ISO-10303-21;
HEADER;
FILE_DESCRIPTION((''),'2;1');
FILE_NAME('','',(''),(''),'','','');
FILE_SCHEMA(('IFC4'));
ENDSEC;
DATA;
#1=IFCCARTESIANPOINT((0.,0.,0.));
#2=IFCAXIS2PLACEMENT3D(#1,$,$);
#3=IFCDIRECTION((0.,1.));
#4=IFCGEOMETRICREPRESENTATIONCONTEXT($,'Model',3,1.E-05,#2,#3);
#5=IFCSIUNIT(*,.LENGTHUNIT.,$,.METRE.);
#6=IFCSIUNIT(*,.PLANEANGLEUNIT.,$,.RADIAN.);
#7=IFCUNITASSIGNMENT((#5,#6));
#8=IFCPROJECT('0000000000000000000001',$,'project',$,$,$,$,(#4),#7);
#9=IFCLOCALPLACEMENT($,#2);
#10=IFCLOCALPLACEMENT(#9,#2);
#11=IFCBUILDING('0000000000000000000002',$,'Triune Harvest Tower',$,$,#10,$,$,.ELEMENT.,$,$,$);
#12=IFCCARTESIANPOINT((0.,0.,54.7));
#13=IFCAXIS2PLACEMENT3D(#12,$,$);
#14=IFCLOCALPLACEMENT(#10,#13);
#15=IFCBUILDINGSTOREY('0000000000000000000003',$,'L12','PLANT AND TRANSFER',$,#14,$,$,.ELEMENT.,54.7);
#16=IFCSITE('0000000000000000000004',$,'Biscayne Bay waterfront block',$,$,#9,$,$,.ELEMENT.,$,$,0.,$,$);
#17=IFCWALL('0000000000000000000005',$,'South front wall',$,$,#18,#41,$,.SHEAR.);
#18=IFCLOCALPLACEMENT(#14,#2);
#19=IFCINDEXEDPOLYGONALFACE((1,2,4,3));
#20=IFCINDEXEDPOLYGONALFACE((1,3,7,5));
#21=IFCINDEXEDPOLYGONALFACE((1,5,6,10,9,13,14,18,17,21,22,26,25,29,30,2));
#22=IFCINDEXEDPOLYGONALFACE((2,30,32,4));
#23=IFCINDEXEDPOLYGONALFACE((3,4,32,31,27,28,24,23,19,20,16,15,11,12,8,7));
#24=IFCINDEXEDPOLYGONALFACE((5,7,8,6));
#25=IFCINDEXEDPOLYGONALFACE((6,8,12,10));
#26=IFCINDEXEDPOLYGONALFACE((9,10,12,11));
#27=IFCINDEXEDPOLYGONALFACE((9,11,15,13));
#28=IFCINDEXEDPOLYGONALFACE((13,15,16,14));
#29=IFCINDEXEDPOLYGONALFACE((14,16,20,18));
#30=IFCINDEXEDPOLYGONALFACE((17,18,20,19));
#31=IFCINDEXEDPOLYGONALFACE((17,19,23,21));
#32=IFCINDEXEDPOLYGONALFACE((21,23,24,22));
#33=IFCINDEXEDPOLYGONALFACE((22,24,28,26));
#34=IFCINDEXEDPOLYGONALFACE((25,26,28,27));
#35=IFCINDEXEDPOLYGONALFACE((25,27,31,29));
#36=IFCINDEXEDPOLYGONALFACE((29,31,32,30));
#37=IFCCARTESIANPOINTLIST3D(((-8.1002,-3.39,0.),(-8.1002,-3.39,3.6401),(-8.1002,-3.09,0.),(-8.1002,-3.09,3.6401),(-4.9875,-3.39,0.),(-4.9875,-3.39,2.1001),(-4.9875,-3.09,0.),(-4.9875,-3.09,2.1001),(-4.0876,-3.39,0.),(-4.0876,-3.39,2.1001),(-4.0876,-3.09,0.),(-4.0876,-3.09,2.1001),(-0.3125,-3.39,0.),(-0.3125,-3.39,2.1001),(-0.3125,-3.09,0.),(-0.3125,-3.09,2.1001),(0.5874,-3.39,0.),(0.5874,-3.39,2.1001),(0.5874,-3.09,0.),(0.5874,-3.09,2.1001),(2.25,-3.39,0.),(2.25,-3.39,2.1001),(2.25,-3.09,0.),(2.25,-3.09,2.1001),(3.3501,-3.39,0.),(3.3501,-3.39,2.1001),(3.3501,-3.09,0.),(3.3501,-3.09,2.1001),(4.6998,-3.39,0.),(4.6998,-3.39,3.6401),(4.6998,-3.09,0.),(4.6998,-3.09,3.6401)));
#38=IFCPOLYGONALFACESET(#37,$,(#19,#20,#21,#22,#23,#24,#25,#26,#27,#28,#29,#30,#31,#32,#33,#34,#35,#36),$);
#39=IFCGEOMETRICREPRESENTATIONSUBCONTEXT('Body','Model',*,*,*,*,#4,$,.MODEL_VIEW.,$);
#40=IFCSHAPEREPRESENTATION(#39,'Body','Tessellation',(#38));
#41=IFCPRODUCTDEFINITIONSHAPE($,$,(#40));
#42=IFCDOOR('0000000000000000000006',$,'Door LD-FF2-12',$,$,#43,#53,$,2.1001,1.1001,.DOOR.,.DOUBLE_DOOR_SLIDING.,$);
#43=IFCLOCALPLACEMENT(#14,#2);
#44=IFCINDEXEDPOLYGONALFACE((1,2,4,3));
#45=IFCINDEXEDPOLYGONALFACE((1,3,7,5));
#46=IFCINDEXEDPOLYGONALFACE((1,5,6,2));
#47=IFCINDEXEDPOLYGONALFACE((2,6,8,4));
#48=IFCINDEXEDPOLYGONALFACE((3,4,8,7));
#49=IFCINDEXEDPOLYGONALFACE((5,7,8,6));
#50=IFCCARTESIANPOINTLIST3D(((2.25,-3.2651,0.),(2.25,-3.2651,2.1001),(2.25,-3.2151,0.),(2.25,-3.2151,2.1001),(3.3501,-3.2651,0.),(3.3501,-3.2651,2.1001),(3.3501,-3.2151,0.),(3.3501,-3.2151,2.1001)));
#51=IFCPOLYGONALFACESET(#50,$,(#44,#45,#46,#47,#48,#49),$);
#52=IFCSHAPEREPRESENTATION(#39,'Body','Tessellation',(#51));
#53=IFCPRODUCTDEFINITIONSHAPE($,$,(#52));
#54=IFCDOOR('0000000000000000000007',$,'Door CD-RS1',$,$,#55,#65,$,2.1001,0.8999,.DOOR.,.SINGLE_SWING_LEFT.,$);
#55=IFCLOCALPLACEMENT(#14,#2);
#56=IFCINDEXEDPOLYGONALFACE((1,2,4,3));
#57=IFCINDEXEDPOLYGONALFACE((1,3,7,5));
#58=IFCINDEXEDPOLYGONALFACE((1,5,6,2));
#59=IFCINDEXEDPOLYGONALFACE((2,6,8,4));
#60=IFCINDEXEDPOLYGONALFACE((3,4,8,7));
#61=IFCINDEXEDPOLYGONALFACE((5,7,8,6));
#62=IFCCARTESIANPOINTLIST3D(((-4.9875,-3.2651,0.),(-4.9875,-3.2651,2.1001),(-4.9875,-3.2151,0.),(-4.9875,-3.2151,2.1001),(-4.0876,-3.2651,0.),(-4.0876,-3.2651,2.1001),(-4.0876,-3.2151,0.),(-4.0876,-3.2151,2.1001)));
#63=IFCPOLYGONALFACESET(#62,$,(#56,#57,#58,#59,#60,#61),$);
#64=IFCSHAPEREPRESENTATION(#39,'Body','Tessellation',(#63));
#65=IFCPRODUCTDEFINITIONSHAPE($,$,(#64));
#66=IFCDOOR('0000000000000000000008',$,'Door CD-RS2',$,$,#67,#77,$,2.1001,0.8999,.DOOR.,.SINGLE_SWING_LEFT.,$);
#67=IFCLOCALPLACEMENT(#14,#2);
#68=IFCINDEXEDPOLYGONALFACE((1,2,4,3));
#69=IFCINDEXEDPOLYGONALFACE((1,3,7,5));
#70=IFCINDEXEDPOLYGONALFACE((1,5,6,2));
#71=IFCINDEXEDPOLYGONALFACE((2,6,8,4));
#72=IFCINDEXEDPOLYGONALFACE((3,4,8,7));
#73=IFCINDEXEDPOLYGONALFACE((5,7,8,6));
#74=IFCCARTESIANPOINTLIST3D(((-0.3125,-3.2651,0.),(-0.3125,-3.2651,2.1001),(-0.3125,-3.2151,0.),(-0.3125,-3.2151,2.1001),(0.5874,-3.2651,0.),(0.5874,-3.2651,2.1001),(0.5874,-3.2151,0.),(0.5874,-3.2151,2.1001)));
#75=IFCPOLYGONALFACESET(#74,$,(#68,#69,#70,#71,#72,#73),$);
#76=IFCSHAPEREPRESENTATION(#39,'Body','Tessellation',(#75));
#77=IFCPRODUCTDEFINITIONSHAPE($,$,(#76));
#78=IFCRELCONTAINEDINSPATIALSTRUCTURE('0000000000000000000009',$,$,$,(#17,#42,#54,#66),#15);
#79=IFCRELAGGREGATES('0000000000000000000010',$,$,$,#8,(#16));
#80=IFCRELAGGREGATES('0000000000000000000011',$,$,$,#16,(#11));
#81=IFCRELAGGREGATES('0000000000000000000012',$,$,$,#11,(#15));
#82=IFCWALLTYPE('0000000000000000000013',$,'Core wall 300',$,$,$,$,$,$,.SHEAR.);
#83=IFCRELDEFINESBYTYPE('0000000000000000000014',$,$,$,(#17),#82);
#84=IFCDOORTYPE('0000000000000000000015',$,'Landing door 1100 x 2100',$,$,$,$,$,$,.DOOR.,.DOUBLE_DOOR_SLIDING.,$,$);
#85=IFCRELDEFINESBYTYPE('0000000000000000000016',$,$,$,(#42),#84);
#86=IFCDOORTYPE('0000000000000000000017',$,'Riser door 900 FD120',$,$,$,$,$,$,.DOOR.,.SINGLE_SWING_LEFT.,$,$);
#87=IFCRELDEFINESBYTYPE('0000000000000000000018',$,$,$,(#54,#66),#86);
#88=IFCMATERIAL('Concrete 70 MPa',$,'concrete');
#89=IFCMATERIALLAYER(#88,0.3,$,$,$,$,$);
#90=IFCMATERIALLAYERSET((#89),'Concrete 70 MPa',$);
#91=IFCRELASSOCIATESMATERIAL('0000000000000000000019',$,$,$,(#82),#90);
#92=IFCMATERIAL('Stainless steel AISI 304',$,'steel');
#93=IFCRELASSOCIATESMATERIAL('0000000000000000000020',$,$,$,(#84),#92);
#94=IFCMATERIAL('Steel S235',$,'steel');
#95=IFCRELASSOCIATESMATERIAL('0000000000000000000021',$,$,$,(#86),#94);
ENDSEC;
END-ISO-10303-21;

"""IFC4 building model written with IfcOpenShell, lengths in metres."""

from ifc_helpers import new_model, si_unit, direction, frame, frame_2d, origin, place, context, subcontext, project, spatial, rectangle, extrude, source, transform, mapped, material, layer, layer_set, type_object, element, fill, save


model = new_model("IFC4")

# Units and contexts
model_context = context("Model", 3, precision=1e-05, world=origin(), true_north=direction((0.0, 1.0)))
body_context = subcontext(model_context, "Body", "Model", "MODEL_VIEW")
ifc_project = project(units=[si_unit("LENGTHUNIT", "METRE"), si_unit("PLANEANGLEUNIT", "RADIAN")], contexts=[model_context])

# Site, building, storey
site_placement = place(None, origin())
site = spatial("IfcSite", under=ifc_project, at=site_placement, Name="Biscayne Bay waterfront block", CompositionType="ELEMENT", RefElevation=0.0)
building_placement = place(site_placement, origin())
building = spatial("IfcBuilding", under=site, at=building_placement, Name="Triune Harvest Tower", CompositionType="ELEMENT")
storey_placement = place(building_placement, frame((0.0, 0.0, 54.7)))
storey = spatial("IfcBuildingStorey", under=building, at=storey_placement, Name="L12", Description="PLANT AND TRANSFER", CompositionType="ELEMENT", Elevation=54.7)

# Wall, openings, doors
ifc_material_1 = material(Name="Concrete 70 MPa", Category="concrete")
ifc_layer_1 = layer(ifc_material_1, 0.3)
ifc_layer_set_1 = layer_set([ifc_layer_1], Name="Concrete 70 MPa")
wall_type_1 = type_object("IfcWallType", Name="Core wall 300", PredefinedType="SHEAR", material=ifc_layer_set_1)
shared_shape_1 = source(origin(), body_context, "Body", "SweptSolid", [
    extrude(rectangle(XDim=12.8, YDim=0.3, at=frame_2d((6.3999, 0.0))), origin(), (0.0, 0.0, 1.0), 3.6401),
])
wall_1_placement = place(storey_placement, frame((-8.1001, -3.24, 0.0), z_axis=(0.0, 0.0, 1.0), x_axis=(1.0, 0.0, 0.0)))
wall_1 = element("IfcWall", 1, at=wall_1_placement, inside=storey, type_object=wall_type_1, Name="South front wall", PredefinedType="SHEAR", context=body_context, shape_type="MappedRepresentation", body=[
    mapped(shared_shape_1, transform((0.0, 0.0, 0.0), scale=1.0)),
])
opening_1_placement = place(wall_1_placement, frame((3.1125, 0.0, 0.0)))
opening_1 = element("IfcOpeningElement", 2, at=opening_1_placement, cuts=wall_1, PredefinedType="OPENING", context=body_context, shape_type="SweptSolid", body=[
    extrude(rectangle(XDim=0.8999, YDim=2.1001, at=frame_2d((0.45, 1.05))), frame((0.0, 0.1602, 0.0), z_axis=(0.0, -1.0, 0.0), x_axis=(1.0, 0.0, 0.0)), (0.0, 0.0, 1.0), 0.3201),
])
opening_2_placement = place(wall_1_placement, frame((7.7876, 0.0, 0.0)))
opening_2 = element("IfcOpeningElement", 3, at=opening_2_placement, cuts=wall_1, PredefinedType="OPENING", context=body_context, shape_type="SweptSolid", body=[
    extrude(rectangle(XDim=0.8999, YDim=2.1001, at=frame_2d((0.45, 1.05))), frame((0.0, 0.1602, 0.0), z_axis=(0.0, -1.0, 0.0), x_axis=(1.0, 0.0, 0.0)), (0.0, 0.0, 1.0), 0.3201),
])
opening_3_placement = place(wall_1_placement, frame((10.3501, 0.0, 0.0)))
opening_3 = element("IfcOpeningElement", 4, at=opening_3_placement, cuts=wall_1, PredefinedType="OPENING", context=body_context, shape_type="SweptSolid", body=[
    extrude(rectangle(XDim=1.1001, YDim=2.1001, at=frame_2d((0.55, 1.05))), frame((0.0, 0.1602, 0.0), z_axis=(0.0, -1.0, 0.0), x_axis=(1.0, 0.0, 0.0)), (0.0, 0.0, 1.0), 0.3201),
])
ifc_material_2 = material(Name="Stainless steel AISI 304", Category="steel")
door_type_1 = type_object("IfcDoorType", Name="Landing door 1100 x 2100", OperationType="DOUBLE_DOOR_SLIDING", PredefinedType="DOOR", material=ifc_material_2)
door_1_placement = place(opening_3_placement, origin())
door_1 = element("IfcDoor", 5, at=door_1_placement, inside=storey, type_object=door_type_1, Name="Door LD-FF2-12", OperationType="DOUBLE_DOOR_SLIDING", OverallHeight=2.1001, OverallWidth=1.1001, PredefinedType="DOOR", context=body_context, shape_type="SweptSolid", body=[
    extrude(rectangle(XDim=1.1001, YDim=2.1001, at=frame_2d((0.55, 1.05))), frame((0.0, 0.0249, 0.0), z_axis=(0.0, -1.0, 0.0), x_axis=(1.0, 0.0, 0.0)), (0.0, 0.0, 1.0), 0.05),
])
fill(opening_3, door_1)
ifc_material_3 = material(Name="Steel S235", Category="steel")
door_type_2 = type_object("IfcDoorType", Name="Riser door 900 FD120", OperationType="SINGLE_SWING_LEFT", PredefinedType="DOOR", material=ifc_material_3)
door_2_placement = place(opening_1_placement, origin())
door_2 = element("IfcDoor", 6, at=door_2_placement, inside=storey, type_object=door_type_2, Name="Door CD-RS1", OperationType="SINGLE_SWING_LEFT", OverallHeight=2.1001, OverallWidth=0.8999, PredefinedType="DOOR", context=body_context, shape_type="SweptSolid", body=[
    extrude(rectangle(XDim=0.8999, YDim=2.1001, at=frame_2d((0.45, 1.05))), frame((0.0, 0.0249, 0.0), z_axis=(0.0, -1.0, 0.0), x_axis=(1.0, 0.0, 0.0)), (0.0, 0.0, 1.0), 0.05),
])
fill(opening_1, door_2)
door_3_placement = place(opening_2_placement, origin())
door_3 = element("IfcDoor", 7, at=door_3_placement, inside=storey, type_object=door_type_2, Name="Door CD-RS2", OperationType="SINGLE_SWING_LEFT", OverallHeight=2.1001, OverallWidth=0.8999, PredefinedType="DOOR", context=body_context, shape_type="SweptSolid", body=[
    extrude(rectangle(XDim=0.8999, YDim=2.1001, at=frame_2d((0.45, 1.05))), frame((0.0, 0.0249, 0.0), z_axis=(0.0, -1.0, 0.0), x_axis=(1.0, 0.0, 0.0)), (0.0, 0.0, 1.0), 0.05),
])
fill(opening_2, door_3)

save(model, "model.ifc")
